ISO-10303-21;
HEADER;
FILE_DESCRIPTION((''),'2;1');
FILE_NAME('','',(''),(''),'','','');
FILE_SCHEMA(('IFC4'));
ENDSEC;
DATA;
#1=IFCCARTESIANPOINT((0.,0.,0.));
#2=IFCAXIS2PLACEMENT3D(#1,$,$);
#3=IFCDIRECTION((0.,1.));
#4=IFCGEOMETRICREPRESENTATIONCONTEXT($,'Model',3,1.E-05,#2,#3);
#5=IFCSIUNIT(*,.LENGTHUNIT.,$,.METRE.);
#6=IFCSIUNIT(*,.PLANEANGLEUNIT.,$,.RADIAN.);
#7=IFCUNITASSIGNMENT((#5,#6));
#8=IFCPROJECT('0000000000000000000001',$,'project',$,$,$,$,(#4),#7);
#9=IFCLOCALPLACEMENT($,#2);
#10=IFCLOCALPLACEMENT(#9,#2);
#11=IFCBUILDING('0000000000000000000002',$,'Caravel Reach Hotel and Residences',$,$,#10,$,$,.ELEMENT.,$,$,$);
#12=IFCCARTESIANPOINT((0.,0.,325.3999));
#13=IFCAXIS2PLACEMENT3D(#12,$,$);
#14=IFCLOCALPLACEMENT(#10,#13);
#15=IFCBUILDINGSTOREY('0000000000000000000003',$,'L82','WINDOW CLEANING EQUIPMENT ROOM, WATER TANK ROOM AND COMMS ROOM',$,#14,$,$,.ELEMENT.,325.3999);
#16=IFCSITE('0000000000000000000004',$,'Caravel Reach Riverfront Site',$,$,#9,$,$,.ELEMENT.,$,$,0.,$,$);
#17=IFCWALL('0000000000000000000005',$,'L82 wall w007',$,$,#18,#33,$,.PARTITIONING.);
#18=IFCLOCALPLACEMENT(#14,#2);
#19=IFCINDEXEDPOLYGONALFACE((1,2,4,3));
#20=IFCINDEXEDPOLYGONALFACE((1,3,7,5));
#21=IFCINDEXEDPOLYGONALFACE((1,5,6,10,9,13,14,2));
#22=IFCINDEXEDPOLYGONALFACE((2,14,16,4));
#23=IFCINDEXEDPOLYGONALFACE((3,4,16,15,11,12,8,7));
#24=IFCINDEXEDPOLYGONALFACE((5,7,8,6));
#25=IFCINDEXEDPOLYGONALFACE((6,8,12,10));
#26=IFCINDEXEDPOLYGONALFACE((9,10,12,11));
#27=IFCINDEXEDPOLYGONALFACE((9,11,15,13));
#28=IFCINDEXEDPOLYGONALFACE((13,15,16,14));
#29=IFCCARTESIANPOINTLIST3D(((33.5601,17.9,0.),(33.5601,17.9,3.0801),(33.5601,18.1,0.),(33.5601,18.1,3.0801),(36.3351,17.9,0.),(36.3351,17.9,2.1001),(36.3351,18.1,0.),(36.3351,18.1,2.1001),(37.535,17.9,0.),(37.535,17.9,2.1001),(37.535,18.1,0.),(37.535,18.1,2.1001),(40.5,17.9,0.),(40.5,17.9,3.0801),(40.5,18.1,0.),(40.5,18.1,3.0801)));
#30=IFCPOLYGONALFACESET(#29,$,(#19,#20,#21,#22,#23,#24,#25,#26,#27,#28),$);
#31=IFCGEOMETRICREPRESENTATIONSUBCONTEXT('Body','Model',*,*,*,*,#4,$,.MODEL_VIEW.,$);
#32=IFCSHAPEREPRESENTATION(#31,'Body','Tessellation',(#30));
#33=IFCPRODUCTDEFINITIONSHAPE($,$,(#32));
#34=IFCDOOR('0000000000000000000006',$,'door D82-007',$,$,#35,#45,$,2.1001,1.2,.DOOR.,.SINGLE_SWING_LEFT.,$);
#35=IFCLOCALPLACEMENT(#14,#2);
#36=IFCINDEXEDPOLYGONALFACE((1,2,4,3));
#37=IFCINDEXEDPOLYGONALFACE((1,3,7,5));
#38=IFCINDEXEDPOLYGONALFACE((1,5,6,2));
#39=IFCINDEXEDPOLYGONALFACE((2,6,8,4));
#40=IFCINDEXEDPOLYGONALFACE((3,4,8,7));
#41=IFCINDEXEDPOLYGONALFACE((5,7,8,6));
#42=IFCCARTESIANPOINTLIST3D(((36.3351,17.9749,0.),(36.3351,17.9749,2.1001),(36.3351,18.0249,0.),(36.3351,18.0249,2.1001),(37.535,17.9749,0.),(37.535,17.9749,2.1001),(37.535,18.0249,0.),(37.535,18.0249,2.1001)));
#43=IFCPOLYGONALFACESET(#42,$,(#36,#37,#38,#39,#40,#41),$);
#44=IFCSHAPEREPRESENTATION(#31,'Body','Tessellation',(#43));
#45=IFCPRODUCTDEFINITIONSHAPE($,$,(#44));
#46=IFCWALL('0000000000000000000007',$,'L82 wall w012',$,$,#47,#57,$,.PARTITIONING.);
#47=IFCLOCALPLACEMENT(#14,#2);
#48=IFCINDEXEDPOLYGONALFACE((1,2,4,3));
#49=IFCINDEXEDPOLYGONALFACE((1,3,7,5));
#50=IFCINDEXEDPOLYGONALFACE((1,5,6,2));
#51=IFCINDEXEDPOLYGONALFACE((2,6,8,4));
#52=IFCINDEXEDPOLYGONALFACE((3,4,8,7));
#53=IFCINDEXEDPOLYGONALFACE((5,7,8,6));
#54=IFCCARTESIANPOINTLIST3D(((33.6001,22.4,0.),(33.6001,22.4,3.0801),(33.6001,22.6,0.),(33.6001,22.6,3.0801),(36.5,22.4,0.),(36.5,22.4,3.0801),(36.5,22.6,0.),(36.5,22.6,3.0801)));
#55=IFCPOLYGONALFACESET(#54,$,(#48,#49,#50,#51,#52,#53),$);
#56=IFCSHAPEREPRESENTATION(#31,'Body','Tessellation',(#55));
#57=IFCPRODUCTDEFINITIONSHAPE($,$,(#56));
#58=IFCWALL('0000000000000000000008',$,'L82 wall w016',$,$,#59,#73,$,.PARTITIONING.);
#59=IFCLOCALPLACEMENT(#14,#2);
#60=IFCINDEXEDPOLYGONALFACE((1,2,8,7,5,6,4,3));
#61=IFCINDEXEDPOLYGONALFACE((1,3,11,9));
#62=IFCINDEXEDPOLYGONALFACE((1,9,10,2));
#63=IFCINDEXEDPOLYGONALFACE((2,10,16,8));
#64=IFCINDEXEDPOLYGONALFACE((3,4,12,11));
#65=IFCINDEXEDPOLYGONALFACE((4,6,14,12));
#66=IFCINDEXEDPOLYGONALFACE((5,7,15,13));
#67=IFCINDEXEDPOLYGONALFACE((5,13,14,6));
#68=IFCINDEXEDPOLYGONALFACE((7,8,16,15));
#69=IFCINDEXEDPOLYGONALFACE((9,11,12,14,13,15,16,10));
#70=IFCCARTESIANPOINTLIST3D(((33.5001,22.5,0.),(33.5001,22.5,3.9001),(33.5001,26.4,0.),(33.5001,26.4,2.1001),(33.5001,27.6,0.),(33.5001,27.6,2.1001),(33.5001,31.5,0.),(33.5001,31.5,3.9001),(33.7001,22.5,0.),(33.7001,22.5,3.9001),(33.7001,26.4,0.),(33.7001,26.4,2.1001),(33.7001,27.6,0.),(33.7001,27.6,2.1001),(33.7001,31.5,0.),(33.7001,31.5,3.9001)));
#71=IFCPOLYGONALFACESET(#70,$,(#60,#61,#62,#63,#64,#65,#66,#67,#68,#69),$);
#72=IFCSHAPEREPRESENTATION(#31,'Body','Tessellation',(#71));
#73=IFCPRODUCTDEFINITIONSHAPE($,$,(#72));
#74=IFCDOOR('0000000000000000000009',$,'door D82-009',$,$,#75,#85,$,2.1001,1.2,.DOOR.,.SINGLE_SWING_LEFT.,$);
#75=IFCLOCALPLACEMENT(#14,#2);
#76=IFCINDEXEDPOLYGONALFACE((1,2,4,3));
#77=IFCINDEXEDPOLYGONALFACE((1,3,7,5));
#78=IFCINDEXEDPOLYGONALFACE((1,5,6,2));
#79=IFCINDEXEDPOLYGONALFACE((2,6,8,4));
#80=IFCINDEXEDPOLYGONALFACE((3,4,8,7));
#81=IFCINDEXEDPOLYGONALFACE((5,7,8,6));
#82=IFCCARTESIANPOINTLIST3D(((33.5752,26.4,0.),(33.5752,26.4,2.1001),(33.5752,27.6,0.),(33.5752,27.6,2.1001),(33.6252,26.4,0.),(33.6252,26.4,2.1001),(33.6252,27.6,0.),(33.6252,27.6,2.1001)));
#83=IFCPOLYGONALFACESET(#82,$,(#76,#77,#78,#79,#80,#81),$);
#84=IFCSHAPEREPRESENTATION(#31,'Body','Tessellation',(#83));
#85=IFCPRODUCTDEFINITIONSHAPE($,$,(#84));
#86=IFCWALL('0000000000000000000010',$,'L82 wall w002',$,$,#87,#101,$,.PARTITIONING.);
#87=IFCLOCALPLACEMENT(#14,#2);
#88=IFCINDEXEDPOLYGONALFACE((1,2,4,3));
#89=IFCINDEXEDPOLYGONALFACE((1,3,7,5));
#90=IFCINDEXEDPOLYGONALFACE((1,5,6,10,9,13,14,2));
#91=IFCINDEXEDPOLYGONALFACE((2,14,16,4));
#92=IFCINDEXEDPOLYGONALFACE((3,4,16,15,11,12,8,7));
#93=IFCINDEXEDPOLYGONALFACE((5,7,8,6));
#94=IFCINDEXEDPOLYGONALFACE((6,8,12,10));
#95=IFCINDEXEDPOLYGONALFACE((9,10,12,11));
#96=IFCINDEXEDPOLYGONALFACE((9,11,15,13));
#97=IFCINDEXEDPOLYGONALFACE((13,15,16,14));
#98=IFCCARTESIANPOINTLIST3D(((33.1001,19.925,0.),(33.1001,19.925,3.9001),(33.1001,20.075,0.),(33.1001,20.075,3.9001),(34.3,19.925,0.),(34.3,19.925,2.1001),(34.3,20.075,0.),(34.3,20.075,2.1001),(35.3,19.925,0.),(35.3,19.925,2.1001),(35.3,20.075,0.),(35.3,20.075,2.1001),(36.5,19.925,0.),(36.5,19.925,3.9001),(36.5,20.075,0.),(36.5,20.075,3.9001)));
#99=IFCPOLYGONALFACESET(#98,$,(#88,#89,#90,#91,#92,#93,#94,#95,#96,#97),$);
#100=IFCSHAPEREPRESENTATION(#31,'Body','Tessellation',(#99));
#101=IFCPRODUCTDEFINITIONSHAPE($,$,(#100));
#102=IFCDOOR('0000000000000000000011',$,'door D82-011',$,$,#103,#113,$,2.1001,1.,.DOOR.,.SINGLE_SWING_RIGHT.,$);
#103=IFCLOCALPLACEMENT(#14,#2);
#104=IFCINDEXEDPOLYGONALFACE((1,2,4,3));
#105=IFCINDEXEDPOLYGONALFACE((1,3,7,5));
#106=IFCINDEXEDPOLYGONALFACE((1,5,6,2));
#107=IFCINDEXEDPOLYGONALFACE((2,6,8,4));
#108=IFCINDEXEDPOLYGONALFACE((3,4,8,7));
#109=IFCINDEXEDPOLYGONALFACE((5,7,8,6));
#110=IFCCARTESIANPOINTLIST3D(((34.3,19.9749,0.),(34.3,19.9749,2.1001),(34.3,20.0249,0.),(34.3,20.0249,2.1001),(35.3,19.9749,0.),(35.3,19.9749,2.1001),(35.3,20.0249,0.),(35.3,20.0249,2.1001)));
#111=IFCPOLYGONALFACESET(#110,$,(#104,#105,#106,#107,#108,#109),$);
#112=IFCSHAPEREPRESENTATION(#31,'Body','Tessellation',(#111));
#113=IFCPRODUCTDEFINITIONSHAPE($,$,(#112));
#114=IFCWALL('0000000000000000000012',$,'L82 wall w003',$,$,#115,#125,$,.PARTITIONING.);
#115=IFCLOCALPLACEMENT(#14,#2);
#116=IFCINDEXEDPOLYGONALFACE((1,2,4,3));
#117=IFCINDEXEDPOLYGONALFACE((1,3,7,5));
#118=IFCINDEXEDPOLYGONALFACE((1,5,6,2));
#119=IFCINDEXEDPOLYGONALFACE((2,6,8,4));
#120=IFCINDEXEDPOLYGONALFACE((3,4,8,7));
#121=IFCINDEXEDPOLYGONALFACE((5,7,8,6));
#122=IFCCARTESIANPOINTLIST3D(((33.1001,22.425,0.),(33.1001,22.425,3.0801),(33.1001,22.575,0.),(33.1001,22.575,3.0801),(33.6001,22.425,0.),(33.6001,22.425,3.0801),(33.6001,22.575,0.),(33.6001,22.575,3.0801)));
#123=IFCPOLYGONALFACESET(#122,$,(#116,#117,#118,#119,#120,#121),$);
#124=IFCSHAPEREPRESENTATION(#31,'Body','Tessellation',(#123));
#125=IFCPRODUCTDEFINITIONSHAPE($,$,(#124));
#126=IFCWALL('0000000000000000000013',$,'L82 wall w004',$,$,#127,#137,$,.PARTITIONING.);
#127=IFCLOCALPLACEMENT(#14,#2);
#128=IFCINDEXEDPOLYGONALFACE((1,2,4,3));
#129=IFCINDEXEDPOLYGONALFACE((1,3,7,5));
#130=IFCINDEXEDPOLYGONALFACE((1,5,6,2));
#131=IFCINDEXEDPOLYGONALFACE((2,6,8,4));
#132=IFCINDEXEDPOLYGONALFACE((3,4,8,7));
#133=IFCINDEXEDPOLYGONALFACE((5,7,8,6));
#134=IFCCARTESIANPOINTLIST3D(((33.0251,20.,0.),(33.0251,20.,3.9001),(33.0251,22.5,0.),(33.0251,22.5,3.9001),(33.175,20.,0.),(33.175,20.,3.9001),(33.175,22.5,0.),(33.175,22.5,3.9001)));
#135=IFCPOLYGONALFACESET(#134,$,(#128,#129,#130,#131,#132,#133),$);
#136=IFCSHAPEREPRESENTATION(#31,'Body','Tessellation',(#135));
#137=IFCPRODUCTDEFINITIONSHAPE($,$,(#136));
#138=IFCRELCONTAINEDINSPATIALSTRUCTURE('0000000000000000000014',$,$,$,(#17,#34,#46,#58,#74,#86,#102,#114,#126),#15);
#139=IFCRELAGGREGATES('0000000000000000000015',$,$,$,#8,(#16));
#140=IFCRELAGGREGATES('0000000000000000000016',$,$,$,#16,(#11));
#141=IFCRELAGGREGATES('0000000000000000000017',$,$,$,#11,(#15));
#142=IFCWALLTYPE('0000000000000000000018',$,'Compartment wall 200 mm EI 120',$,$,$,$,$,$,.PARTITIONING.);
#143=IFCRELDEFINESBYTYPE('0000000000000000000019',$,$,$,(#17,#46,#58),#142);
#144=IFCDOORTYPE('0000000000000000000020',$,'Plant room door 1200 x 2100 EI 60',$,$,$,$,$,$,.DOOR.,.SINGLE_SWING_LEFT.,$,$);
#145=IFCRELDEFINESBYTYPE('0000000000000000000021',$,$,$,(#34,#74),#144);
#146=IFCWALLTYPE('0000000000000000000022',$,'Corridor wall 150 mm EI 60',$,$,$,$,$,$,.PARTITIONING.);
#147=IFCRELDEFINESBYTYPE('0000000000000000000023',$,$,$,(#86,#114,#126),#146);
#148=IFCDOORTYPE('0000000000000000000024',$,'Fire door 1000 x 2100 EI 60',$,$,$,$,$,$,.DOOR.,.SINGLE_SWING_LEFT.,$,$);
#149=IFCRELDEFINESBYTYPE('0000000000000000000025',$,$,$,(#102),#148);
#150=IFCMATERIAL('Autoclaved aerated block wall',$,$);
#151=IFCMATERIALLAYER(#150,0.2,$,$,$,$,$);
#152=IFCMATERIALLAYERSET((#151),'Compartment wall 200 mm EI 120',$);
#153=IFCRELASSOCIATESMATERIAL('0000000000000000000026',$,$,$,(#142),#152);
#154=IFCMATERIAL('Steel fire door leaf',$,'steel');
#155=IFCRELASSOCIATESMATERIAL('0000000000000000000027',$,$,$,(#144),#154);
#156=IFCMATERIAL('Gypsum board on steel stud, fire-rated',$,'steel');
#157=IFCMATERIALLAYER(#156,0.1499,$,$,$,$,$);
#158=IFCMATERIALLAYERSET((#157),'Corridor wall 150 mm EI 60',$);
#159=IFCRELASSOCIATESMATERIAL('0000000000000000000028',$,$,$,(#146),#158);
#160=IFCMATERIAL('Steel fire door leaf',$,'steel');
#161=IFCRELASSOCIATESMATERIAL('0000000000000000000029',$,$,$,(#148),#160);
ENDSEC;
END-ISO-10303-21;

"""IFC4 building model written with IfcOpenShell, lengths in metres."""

from ifc_helpers import new_model, si_unit, direction, frame, frame_2d, origin, place, context, subcontext, project, spatial, rectangle, extrude, material, layer, layer_set, type_object, element, fill, save


model = new_model("IFC4")

# Units and contexts
model_context = context("Model", 3, precision=1e-05, world=origin(), true_north=direction((0.0, 1.0)))
body_context = subcontext(model_context, "Body", "Model", "MODEL_VIEW")
ifc_project = project(units=[si_unit("LENGTHUNIT", "METRE"), si_unit("PLANEANGLEUNIT", "RADIAN")], contexts=[model_context])

# Site, building, storey
site_placement = place(None, origin())
site = spatial("IfcSite", under=ifc_project, at=site_placement, Name="Caravel Reach Riverfront Site", CompositionType="ELEMENT", RefElevation=0.0)
building_placement = place(site_placement, origin())
building = spatial("IfcBuilding", under=site, at=building_placement, Name="Caravel Reach Hotel and Residences", CompositionType="ELEMENT")
storey_placement = place(building_placement, frame((0.0, 0.0, 325.3999)))
storey = spatial("IfcBuildingStorey", under=building, at=storey_placement, Name="L82", Description="WINDOW CLEANING EQUIPMENT ROOM, WATER TANK ROOM AND COMMS ROOM", CompositionType="ELEMENT", Elevation=325.3999)

# Wall, opening, door
ifc_material_1 = material(Name="Autoclaved aerated block wall")
ifc_layer_1 = layer(ifc_material_1, 0.2)
ifc_layer_set_1 = layer_set([ifc_layer_1], Name="Compartment wall 200 mm EI 120")
wall_type_1 = type_object("IfcWallType", Name="Compartment wall 200 mm EI 120", PredefinedType="PARTITIONING", material=ifc_layer_set_1)
wall_1_placement = place(storey_placement, frame((33.5601, 18.0, 0.0), z_axis=(0.0, 0.0, 1.0), x_axis=(1.0, 0.0, 0.0)))
wall_1 = element("IfcWall", 1, at=wall_1_placement, inside=storey, type_object=wall_type_1, Name="L82 wall w007", PredefinedType="PARTITIONING", context=body_context, shape_type="SweptSolid", body=[
    extrude(rectangle(XDim=6.9399, YDim=0.2, at=frame_2d((3.47, 0.0))), origin(), (0.0, 0.0, 1.0), 3.0801),
])
opening_1_placement = place(wall_1_placement, frame((2.7749, 0.0, 0.0)))
opening_1 = element("IfcOpeningElement", 2, at=opening_1_placement, cuts=wall_1, PredefinedType="OPENING", context=body_context, shape_type="SweptSolid", body=[
    extrude(rectangle(XDim=1.2, YDim=2.1001, at=frame_2d((0.6001, 1.05))), frame((0.0, 0.1099, 0.0), z_axis=(0.0, -1.0, 0.0), x_axis=(1.0, 0.0, 0.0)), (0.0, 0.0, 1.0), 0.22),
])
ifc_material_2 = material(Name="Steel fire door leaf", Category="steel")
door_type_1 = type_object("IfcDoorType", Name="Plant room door 1200 x 2100 EI 60", OperationType="SINGLE_SWING_LEFT", PredefinedType="DOOR", material=ifc_material_2)
door_1_placement = place(opening_1_placement, origin())
door_1 = element("IfcDoor", 3, at=door_1_placement, inside=storey, type_object=door_type_1, Name="door D82-007", OperationType="SINGLE_SWING_LEFT", OverallHeight=2.1001, OverallWidth=1.2, PredefinedType="DOOR", context=body_context, shape_type="SweptSolid", body=[
    extrude(rectangle(XDim=1.2, YDim=2.1001, at=frame_2d((0.6001, 1.05))), frame((0.0, 0.0249, 0.0), z_axis=(0.0, -1.0, 0.0), x_axis=(1.0, 0.0, 0.0)), (0.0, 0.0, 1.0), 0.05),
])
fill(opening_1, door_1)

# Wall
wall_2_placement = place(storey_placement, frame((33.6001, 22.5, 0.0), z_axis=(0.0, 0.0, 1.0), x_axis=(1.0, 0.0, 0.0)))
element("IfcWall", 4, at=wall_2_placement, inside=storey, type_object=wall_type_1, Name="L82 wall w012", PredefinedType="PARTITIONING", context=body_context, shape_type="SweptSolid", body=[
    extrude(rectangle(XDim=2.8999, YDim=0.2, at=frame_2d((1.45, 0.0))), origin(), (0.0, 0.0, 1.0), 3.0801),
])

# Walls, openings, doors
wall_3_placement = place(storey_placement, frame((33.6001, 22.5, 0.0), z_axis=(0.0, 0.0, 1.0), x_axis=(0.0, 1.0, 0.0)))
wall_3 = element("IfcWall", 5, at=wall_3_placement, inside=storey, type_object=wall_type_1, Name="L82 wall w016", PredefinedType="PARTITIONING", context=body_context, shape_type="SweptSolid", body=[
    extrude(rectangle(XDim=9.0, YDim=0.2, at=frame_2d((4.5, 0.0))), origin(), (0.0, 0.0, 1.0), 3.9001),
])
opening_2_placement = place(wall_3_placement, frame((3.8999, 0.0, 0.0)))
opening_2 = element("IfcOpeningElement", 6, at=opening_2_placement, cuts=wall_3, PredefinedType="OPENING", context=body_context, shape_type="SweptSolid", body=[
    extrude(rectangle(XDim=1.2, YDim=2.1001, at=frame_2d((0.6001, 1.05))), frame((0.0, 0.1099, 0.0), z_axis=(0.0, -1.0, 0.0), x_axis=(1.0, 0.0, 0.0)), (0.0, 0.0, 1.0), 0.22),
])
door_2_placement = place(opening_2_placement, origin())
door_2 = element("IfcDoor", 7, at=door_2_placement, inside=storey, type_object=door_type_1, Name="door D82-009", OperationType="SINGLE_SWING_LEFT", OverallHeight=2.1001, OverallWidth=1.2, PredefinedType="DOOR", context=body_context, shape_type="SweptSolid", body=[
    extrude(rectangle(XDim=1.2, YDim=2.1001, at=frame_2d((0.6001, 1.05))), frame((0.0, 0.0249, 0.0), z_axis=(0.0, -1.0, 0.0), x_axis=(1.0, 0.0, 0.0)), (0.0, 0.0, 1.0), 0.05),
])
fill(opening_2, door_2)
ifc_material_3 = material(Name="Gypsum board on steel stud, fire-rated", Category="steel")
ifc_layer_2 = layer(ifc_material_3, 0.1499)
ifc_layer_set_2 = layer_set([ifc_layer_2], Name="Corridor wall 150 mm EI 60")
wall_type_2 = type_object("IfcWallType", Name="Corridor wall 150 mm EI 60", PredefinedType="PARTITIONING", material=ifc_layer_set_2)
wall_4_placement = place(storey_placement, frame((33.1001, 20.0, 0.0), z_axis=(0.0, 0.0, 1.0), x_axis=(1.0, 0.0, 0.0)))
wall_4 = element("IfcWall", 8, at=wall_4_placement, inside=storey, type_object=wall_type_2, Name="L82 wall w002", PredefinedType="PARTITIONING", context=body_context, shape_type="SweptSolid", body=[
    extrude(rectangle(XDim=3.3999, YDim=0.1499, at=frame_2d((1.7, 0.0))), origin(), (0.0, 0.0, 1.0), 3.9001),
])
opening_3_placement = place(wall_4_placement, frame((1.2, 0.0, 0.0)))
opening_3 = element("IfcOpeningElement", 9, at=opening_3_placement, cuts=wall_4, PredefinedType="OPENING", context=body_context, shape_type="SweptSolid", body=[
    extrude(rectangle(XDim=1.0, YDim=2.1001, at=frame_2d((0.5, 1.05))), frame((0.0, 0.085, 0.0), z_axis=(0.0, -1.0, 0.0), x_axis=(1.0, 0.0, 0.0)), (0.0, 0.0, 1.0), 0.1699),
])
ifc_material_4 = material(Name="Steel fire door leaf", Category="steel")
door_type_2 = type_object("IfcDoorType", Name="Fire door 1000 x 2100 EI 60", OperationType="SINGLE_SWING_LEFT", PredefinedType="DOOR", material=ifc_material_4)
door_3_placement = place(opening_3_placement, origin())
door_3 = element("IfcDoor", 10, at=door_3_placement, inside=storey, type_object=door_type_2, Name="door D82-011", OperationType="SINGLE_SWING_RIGHT", OverallHeight=2.1001, OverallWidth=1.0, PredefinedType="DOOR", context=body_context, shape_type="SweptSolid", body=[
    extrude(rectangle(XDim=1.0, YDim=2.1001, at=frame_2d((0.5, 1.05))), frame((0.0, 0.0249, 0.0), z_axis=(0.0, -1.0, 0.0), x_axis=(1.0, 0.0, 0.0)), (0.0, 0.0, 1.0), 0.05),
])
fill(opening_3, door_3)

# Walls
wall_5_placement = place(storey_placement, frame((33.1001, 22.5, 0.0), z_axis=(0.0, 0.0, 1.0), x_axis=(1.0, 0.0, 0.0)))
element("IfcWall", 11, at=wall_5_placement, inside=storey, type_object=wall_type_2, Name="L82 wall w003", PredefinedType="PARTITIONING", context=body_context, shape_type="SweptSolid", body=[
    extrude(rectangle(XDim=0.5, YDim=0.1499, at=frame_2d((0.25, 0.0))), origin(), (0.0, 0.0, 1.0), 3.0801),
])
wall_6_placement = place(storey_placement, frame((33.1001, 20.0, 0.0), z_axis=(0.0, 0.0, 1.0), x_axis=(0.0, 1.0, 0.0)))
element("IfcWall", 12, at=wall_6_placement, inside=storey, type_object=wall_type_2, Name="L82 wall w004", PredefinedType="PARTITIONING", context=body_context, shape_type="SweptSolid", body=[
    extrude(rectangle(XDim=2.5, YDim=0.1499, at=frame_2d((1.25, 0.0))), origin(), (0.0, 0.0, 1.0), 3.9001),
])

save(model, "model.ifc")
